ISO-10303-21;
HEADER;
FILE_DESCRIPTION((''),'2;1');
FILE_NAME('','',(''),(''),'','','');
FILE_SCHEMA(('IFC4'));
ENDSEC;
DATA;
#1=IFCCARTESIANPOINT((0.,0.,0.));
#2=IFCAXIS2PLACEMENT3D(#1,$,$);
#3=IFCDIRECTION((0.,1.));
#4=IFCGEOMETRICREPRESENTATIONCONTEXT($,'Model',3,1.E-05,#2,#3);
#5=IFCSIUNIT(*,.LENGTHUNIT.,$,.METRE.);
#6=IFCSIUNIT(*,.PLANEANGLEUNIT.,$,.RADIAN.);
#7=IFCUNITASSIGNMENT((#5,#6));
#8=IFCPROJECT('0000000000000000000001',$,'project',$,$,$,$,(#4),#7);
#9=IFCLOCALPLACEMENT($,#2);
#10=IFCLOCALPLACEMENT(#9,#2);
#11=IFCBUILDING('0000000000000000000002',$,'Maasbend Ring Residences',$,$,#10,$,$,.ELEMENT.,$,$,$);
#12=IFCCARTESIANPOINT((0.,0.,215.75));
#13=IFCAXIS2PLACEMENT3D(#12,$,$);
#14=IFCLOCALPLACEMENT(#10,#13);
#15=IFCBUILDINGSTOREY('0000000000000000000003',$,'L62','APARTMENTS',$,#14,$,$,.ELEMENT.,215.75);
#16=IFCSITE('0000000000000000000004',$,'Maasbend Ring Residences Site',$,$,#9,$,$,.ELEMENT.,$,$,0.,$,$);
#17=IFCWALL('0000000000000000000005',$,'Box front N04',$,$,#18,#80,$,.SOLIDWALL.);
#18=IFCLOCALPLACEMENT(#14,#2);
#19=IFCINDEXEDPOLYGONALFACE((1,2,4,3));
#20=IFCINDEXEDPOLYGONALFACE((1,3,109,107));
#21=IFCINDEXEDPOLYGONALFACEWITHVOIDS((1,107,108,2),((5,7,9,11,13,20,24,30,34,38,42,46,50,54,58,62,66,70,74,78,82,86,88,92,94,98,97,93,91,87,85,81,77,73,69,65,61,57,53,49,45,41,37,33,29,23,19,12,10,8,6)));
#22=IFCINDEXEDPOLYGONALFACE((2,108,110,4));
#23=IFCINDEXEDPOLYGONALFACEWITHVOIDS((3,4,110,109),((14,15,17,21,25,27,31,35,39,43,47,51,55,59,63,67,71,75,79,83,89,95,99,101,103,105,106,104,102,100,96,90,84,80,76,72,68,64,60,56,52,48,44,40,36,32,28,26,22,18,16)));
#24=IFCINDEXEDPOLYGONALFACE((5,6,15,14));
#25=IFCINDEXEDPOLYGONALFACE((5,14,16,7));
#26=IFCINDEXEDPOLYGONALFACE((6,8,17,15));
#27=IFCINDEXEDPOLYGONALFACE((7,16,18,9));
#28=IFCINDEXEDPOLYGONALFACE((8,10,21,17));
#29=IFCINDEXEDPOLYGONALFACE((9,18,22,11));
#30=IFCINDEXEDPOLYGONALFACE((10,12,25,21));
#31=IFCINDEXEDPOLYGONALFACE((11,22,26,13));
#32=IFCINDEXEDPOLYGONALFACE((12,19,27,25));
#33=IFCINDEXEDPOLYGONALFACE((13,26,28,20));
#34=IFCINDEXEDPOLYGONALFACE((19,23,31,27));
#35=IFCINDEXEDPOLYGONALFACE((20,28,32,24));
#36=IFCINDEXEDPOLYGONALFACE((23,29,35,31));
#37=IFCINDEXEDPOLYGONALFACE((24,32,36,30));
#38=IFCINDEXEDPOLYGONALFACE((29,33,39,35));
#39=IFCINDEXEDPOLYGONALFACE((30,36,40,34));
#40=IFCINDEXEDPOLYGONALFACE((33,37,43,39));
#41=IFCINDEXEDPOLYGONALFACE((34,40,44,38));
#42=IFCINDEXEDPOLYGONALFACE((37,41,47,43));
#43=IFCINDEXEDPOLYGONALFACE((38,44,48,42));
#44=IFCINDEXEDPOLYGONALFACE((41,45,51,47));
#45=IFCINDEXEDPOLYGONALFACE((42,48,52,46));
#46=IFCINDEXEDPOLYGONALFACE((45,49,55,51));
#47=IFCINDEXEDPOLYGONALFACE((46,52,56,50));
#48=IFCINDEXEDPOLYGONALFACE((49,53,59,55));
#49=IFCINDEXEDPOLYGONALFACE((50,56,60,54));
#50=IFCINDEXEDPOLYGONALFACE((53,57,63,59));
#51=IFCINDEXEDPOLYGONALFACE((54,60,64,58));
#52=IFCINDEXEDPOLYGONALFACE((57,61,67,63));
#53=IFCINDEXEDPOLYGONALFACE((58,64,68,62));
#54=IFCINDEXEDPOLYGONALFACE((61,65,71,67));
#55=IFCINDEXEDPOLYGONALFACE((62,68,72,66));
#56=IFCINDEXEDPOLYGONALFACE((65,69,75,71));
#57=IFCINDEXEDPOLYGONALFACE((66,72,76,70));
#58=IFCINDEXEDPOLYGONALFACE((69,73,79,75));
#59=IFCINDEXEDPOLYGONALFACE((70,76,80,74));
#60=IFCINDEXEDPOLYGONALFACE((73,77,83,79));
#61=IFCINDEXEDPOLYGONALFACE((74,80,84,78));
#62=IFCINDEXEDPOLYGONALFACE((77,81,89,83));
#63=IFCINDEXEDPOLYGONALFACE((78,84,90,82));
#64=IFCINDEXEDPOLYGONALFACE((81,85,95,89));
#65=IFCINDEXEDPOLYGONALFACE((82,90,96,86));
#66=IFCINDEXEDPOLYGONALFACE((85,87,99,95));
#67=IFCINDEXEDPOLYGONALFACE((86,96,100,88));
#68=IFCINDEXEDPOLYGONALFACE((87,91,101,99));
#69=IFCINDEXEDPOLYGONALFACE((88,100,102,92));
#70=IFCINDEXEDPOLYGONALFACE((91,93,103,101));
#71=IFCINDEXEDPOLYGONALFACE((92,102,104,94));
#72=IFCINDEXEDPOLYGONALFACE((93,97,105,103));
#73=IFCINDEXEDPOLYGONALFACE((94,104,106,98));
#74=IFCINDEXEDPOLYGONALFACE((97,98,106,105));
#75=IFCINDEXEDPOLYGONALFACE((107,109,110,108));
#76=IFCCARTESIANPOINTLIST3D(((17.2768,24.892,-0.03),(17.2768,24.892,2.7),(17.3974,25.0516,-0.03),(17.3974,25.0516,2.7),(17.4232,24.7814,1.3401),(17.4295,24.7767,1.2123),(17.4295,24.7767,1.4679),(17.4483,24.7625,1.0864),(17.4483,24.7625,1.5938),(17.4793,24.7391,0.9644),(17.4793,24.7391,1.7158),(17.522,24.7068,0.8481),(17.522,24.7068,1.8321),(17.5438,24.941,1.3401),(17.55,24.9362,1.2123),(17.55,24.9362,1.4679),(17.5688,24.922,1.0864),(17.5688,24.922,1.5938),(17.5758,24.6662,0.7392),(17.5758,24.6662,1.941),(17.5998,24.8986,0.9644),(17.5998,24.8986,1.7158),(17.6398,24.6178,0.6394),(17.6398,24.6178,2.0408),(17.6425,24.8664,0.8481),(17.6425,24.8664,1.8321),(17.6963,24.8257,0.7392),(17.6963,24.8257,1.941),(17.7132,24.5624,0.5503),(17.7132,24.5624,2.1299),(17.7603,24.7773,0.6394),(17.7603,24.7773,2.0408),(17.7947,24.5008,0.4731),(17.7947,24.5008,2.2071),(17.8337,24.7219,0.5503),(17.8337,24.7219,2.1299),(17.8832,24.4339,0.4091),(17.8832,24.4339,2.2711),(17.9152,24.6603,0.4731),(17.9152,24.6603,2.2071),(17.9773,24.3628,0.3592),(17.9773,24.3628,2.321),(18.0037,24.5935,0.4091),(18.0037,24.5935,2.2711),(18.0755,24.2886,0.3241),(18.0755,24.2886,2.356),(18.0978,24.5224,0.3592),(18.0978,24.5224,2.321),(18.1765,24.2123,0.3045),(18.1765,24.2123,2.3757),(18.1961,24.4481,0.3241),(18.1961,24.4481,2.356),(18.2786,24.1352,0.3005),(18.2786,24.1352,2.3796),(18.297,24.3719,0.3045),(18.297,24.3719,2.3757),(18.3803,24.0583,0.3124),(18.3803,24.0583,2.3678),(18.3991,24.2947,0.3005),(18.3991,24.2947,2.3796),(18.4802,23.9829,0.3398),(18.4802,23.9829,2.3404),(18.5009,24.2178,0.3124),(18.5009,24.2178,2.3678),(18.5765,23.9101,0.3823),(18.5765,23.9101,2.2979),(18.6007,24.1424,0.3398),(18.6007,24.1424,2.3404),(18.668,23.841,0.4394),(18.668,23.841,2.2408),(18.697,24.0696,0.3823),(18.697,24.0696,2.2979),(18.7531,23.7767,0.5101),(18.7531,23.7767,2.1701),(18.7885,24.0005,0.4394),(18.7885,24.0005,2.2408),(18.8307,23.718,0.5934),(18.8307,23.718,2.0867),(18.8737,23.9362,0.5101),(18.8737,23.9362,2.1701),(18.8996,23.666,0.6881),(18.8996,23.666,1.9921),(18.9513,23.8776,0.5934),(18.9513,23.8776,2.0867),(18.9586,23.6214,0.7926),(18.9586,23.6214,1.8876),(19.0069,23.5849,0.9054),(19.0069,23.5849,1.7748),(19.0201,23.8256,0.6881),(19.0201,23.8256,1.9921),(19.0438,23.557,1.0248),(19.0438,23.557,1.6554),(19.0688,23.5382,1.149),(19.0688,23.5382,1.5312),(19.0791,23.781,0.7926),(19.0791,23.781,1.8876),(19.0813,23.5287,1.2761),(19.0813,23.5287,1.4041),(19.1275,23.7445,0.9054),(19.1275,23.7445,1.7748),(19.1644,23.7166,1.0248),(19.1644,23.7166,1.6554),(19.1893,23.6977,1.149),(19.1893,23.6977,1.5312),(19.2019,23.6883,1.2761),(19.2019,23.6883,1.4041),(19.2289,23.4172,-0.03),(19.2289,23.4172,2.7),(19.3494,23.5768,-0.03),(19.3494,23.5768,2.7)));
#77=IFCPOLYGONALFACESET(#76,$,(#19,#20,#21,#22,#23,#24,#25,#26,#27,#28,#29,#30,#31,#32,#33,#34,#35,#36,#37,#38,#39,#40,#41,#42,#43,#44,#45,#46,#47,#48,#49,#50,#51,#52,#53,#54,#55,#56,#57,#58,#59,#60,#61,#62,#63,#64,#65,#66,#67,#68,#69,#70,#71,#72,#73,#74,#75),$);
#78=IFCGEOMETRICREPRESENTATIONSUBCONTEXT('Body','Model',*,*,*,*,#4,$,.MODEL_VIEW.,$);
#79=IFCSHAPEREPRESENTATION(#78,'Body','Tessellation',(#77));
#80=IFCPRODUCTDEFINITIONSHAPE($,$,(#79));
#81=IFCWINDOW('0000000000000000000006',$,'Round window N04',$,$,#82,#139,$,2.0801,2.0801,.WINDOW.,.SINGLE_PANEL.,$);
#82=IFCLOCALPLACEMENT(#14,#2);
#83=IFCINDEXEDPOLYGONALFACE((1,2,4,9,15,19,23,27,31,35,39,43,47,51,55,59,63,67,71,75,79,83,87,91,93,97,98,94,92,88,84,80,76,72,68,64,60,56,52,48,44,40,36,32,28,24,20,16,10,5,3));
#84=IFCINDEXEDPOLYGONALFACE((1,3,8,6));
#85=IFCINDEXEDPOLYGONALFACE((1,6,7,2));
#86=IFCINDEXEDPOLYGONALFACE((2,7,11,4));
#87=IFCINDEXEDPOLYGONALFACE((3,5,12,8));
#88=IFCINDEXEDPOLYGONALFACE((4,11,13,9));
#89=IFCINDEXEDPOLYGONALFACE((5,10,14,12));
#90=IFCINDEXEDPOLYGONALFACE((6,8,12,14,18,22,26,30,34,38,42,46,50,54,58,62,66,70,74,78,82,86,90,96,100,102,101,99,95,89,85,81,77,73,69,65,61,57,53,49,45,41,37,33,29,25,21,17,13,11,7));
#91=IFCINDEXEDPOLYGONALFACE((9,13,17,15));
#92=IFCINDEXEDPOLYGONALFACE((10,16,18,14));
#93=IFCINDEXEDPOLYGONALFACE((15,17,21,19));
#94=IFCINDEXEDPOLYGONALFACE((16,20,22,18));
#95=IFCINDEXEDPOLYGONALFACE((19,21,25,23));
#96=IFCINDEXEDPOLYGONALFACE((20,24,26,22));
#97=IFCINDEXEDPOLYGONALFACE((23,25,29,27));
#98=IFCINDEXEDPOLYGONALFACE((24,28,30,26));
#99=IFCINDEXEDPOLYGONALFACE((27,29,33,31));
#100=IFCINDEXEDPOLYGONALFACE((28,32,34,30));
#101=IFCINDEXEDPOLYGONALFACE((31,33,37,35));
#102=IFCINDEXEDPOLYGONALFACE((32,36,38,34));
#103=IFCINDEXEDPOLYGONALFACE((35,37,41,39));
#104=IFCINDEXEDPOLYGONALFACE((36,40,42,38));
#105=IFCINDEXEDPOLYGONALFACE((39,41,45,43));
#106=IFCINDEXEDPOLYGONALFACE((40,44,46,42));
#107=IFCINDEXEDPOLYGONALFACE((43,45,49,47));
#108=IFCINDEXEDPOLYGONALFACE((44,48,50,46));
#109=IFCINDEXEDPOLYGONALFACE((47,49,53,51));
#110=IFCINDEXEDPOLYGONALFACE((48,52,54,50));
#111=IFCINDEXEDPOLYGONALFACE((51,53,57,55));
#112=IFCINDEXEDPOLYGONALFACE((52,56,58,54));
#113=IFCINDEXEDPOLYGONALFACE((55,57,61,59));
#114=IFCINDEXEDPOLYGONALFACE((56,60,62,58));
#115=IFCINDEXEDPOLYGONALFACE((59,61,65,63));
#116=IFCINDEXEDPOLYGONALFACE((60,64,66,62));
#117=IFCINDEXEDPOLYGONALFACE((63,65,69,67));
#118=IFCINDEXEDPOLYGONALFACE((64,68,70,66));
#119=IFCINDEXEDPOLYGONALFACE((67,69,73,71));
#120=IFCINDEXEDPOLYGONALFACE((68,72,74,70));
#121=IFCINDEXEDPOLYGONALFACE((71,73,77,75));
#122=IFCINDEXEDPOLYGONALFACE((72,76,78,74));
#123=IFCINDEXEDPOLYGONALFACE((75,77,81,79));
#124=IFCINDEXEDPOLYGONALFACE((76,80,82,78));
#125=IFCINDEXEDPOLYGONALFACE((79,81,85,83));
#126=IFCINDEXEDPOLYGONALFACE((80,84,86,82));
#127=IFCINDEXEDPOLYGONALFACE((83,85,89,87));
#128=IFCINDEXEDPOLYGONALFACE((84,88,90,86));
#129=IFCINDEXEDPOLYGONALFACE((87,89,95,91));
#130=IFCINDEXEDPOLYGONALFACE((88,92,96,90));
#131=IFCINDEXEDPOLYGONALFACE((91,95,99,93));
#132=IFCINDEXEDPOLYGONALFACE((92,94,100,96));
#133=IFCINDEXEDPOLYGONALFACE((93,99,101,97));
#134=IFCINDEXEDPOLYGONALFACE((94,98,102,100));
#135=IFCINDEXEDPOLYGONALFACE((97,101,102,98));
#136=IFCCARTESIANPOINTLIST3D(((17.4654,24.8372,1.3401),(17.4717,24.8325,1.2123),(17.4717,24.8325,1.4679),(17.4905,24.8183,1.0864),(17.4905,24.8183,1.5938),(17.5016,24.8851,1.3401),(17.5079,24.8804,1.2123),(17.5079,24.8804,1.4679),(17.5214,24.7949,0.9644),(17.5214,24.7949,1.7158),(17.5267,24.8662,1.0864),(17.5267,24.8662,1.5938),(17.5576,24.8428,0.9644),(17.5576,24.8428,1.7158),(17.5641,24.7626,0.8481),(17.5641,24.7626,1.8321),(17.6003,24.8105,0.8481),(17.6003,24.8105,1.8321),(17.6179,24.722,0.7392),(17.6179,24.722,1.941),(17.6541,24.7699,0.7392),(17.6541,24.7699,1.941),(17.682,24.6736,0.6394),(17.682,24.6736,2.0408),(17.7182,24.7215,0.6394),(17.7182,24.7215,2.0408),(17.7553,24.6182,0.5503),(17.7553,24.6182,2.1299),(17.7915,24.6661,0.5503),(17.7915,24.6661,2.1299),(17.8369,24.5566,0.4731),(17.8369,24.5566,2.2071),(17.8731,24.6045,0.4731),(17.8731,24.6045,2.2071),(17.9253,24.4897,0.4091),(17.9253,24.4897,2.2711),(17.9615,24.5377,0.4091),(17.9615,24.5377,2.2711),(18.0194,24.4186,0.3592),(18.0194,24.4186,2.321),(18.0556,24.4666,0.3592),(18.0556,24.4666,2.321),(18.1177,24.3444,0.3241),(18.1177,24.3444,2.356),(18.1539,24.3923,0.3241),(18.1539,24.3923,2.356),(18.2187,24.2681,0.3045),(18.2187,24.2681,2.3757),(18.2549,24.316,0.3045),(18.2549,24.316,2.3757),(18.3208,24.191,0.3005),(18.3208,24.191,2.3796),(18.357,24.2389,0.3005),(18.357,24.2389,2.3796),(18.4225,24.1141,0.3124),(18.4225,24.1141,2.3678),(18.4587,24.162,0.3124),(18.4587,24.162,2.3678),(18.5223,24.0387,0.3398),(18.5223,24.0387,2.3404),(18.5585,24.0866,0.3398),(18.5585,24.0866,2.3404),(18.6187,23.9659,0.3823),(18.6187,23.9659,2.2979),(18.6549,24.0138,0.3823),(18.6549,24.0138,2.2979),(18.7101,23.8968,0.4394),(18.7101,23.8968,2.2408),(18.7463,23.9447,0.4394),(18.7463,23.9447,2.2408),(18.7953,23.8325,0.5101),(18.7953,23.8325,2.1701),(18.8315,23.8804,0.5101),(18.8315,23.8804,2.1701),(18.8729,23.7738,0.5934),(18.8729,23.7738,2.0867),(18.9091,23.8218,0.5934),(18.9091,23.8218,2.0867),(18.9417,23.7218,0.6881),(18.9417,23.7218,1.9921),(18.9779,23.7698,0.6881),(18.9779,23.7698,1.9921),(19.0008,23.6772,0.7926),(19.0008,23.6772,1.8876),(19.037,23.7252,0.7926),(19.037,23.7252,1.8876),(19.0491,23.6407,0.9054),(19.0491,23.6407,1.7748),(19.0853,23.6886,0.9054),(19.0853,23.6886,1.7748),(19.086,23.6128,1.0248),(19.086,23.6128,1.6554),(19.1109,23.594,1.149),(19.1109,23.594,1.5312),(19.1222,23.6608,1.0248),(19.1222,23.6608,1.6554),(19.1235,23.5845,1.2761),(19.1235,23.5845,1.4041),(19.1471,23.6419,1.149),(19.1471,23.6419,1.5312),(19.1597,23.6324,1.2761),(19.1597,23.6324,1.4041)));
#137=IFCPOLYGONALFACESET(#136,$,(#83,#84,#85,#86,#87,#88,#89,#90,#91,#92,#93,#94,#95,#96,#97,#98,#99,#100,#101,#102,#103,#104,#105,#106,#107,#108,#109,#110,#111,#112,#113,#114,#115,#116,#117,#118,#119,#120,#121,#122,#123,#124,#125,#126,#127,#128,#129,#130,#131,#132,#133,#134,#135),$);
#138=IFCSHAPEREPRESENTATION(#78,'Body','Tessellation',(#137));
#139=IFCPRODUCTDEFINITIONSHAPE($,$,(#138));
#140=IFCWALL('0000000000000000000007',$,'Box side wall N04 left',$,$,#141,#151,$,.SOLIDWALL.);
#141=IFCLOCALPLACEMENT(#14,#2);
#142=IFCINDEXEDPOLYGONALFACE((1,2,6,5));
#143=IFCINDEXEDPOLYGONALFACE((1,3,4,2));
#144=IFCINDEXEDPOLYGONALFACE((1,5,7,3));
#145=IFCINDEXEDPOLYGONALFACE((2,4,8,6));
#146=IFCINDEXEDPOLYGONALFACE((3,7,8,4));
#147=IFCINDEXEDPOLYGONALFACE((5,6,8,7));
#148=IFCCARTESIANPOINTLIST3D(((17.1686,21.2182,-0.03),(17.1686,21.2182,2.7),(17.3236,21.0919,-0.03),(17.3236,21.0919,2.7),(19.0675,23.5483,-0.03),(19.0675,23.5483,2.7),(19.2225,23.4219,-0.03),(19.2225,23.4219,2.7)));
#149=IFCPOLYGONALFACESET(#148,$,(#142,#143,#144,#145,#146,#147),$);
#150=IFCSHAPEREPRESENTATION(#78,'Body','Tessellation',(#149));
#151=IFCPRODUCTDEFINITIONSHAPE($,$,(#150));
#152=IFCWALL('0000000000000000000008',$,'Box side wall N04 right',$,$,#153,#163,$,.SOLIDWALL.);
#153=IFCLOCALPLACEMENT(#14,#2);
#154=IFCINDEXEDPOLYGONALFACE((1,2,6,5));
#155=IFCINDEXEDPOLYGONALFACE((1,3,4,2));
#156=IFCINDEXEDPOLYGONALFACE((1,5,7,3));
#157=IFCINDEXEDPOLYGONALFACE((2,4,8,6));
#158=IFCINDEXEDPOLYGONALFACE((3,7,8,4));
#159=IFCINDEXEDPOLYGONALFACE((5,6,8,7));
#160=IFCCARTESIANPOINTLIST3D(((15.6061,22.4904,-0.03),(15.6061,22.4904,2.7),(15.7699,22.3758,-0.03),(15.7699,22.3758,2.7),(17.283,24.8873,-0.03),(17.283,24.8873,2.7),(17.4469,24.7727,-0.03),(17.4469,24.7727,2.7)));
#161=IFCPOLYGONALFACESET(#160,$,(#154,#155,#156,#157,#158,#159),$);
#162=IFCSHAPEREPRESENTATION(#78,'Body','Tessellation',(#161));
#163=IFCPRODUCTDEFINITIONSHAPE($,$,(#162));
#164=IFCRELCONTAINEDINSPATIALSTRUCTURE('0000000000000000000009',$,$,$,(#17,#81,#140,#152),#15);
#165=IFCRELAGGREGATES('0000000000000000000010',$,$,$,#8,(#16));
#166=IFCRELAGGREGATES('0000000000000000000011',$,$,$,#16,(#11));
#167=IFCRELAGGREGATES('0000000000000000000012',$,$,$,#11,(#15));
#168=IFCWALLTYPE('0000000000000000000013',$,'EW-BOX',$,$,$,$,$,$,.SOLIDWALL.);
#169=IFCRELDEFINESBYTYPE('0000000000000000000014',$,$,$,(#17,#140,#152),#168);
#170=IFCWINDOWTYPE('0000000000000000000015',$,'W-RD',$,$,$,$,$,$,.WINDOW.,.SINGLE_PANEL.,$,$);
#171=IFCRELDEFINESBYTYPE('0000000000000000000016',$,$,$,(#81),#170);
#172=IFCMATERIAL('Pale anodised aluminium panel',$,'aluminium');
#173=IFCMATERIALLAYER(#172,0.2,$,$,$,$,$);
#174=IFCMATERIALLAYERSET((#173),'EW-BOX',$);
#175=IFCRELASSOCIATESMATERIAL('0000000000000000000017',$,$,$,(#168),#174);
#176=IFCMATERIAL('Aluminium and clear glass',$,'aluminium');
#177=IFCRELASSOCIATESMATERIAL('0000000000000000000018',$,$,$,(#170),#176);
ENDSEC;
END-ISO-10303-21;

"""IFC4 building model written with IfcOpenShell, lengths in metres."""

from ifc_helpers import new_model, si_unit, direction, frame, frame_2d, origin, place, context, subcontext, project, spatial, rectangle, circle, extrude, material, layer, layer_set, type_object, element, fill, save


model = new_model("IFC4")

# Units and contexts
model_context = context("Model", 3, precision=1e-05, world=origin(), true_north=direction((0.0, 1.0)))
body_context = subcontext(model_context, "Body", "Model", "MODEL_VIEW")
ifc_project = project(units=[si_unit("LENGTHUNIT", "METRE"), si_unit("PLANEANGLEUNIT", "RADIAN")], contexts=[model_context])

# Site, building, storey
site_placement = place(None, origin())
site = spatial("IfcSite", under=ifc_project, at=site_placement, Name="Maasbend Ring Residences Site", CompositionType="ELEMENT", RefElevation=0.0)
building_placement = place(site_placement, origin())
building = spatial("IfcBuilding", under=site, at=building_placement, Name="Maasbend Ring Residences", CompositionType="ELEMENT")
storey_placement = place(building_placement, frame((0.0, 0.0, 215.75)))
storey = spatial("IfcBuildingStorey", under=building, at=storey_placement, Name="L62", Description="APARTMENTS", CompositionType="ELEMENT", Elevation=215.75)

# Shared definitions
ifc_material_1 = material(Name="Pale anodised aluminium panel", Category="aluminium")
ifc_layer_1 = layer(ifc_material_1, 0.2)
ifc_layer_set_1 = layer_set([ifc_layer_1], Name="EW-BOX")
wall_type_1 = type_object("IfcWallType", Name="EW-BOX", PredefinedType="SOLIDWALL", material=ifc_layer_set_1)
ifc_material_2 = material(Name="Aluminium and clear glass", Category="aluminium")
window_type_1 = type_object("IfcWindowType", Name="W-RD", PartitioningType="SINGLE_PANEL", PredefinedType="WINDOW", material=ifc_material_2)

# Wall, opening, window
wall_1_placement = place(storey_placement, frame((19.2891, 23.4971, -0.03), z_axis=(0.0, 0.0, 1.0), x_axis=(-0.797888, 0.602806, 0.0)))
wall_1 = element("IfcWall", 1, at=wall_1_placement, inside=storey, type_object=wall_type_1, Name="Box front N04", PredefinedType="SOLIDWALL", context=body_context, shape_type="SweptSolid", body=[
    extrude(rectangle(XDim=2.4465, YDim=0.2, at=frame_2d((1.2231, 0.0))), origin(), (0.0, 0.0, 1.0), 2.73),
])
opening_1_placement = place(wall_1_placement, frame((0.1829, 0.0, 0.3301)))
opening_1 = element("IfcOpeningElement", 2, at=opening_1_placement, cuts=wall_1, PredefinedType="OPENING", context=body_context, shape_type="SweptSolid", body=[
    extrude(circle(Radius=1.04, at=frame_2d((1.04, 1.04))), frame((0.0, 0.1099, 0.0), z_axis=(0.0, -1.0, 0.0), x_axis=(1.0, 0.0, 0.0)), (0.0, 0.0, 1.0), 0.22),
])
window_1_placement = place(opening_1_placement, origin())
window_1 = element("IfcWindow", 3, at=window_1_placement, inside=storey, type_object=window_type_1, Name="Round window N04", OverallHeight=2.0801, OverallWidth=2.0801, PartitioningType="SINGLE_PANEL", PredefinedType="WINDOW", context=body_context, shape_type="SweptSolid", body=[
    extrude(circle(Radius=1.04, at=frame_2d((1.04, 1.04))), frame((0.0, 0.03, 0.0), z_axis=(0.0, -1.0, 0.0), x_axis=(1.0, 0.0, 0.0)), (0.0, 0.0, 1.0), 0.0601),
])
fill(opening_1, window_1)

# Walls
wall_2_placement = place(storey_placement, frame((17.2461, 21.155, -0.03), z_axis=(0.0, 0.0, 1.0), x_axis=(0.631742, 0.775179, 0.0)))
element("IfcWall", 4, at=wall_2_placement, inside=storey, type_object=wall_type_1, Name="Box side wall N04 left", PredefinedType="SOLIDWALL", context=body_context, shape_type="SweptSolid", body=[
    extrude(rectangle(XDim=3.0059, YDim=0.2, at=frame_2d((1.5029, 0.0))), origin(), (0.0, 0.0, 1.0), 2.73),
])
wall_3_placement = place(storey_placement, frame((15.688, 22.4331, -0.03), z_axis=(0.0, 0.0, 1.0), x_axis=(0.573261, 0.819373, 0.0)))
element("IfcWall", 5, at=wall_3_placement, inside=storey, type_object=wall_type_1, Name="Box side wall N04 right", PredefinedType="SOLIDWALL", context=body_context, shape_type="SweptSolid", body=[
    extrude(rectangle(XDim=2.9253, YDim=0.2, at=frame_2d((1.4626, 0.0))), origin(), (0.0, 0.0, 1.0), 2.73),
])

save(model, "model.ifc")
